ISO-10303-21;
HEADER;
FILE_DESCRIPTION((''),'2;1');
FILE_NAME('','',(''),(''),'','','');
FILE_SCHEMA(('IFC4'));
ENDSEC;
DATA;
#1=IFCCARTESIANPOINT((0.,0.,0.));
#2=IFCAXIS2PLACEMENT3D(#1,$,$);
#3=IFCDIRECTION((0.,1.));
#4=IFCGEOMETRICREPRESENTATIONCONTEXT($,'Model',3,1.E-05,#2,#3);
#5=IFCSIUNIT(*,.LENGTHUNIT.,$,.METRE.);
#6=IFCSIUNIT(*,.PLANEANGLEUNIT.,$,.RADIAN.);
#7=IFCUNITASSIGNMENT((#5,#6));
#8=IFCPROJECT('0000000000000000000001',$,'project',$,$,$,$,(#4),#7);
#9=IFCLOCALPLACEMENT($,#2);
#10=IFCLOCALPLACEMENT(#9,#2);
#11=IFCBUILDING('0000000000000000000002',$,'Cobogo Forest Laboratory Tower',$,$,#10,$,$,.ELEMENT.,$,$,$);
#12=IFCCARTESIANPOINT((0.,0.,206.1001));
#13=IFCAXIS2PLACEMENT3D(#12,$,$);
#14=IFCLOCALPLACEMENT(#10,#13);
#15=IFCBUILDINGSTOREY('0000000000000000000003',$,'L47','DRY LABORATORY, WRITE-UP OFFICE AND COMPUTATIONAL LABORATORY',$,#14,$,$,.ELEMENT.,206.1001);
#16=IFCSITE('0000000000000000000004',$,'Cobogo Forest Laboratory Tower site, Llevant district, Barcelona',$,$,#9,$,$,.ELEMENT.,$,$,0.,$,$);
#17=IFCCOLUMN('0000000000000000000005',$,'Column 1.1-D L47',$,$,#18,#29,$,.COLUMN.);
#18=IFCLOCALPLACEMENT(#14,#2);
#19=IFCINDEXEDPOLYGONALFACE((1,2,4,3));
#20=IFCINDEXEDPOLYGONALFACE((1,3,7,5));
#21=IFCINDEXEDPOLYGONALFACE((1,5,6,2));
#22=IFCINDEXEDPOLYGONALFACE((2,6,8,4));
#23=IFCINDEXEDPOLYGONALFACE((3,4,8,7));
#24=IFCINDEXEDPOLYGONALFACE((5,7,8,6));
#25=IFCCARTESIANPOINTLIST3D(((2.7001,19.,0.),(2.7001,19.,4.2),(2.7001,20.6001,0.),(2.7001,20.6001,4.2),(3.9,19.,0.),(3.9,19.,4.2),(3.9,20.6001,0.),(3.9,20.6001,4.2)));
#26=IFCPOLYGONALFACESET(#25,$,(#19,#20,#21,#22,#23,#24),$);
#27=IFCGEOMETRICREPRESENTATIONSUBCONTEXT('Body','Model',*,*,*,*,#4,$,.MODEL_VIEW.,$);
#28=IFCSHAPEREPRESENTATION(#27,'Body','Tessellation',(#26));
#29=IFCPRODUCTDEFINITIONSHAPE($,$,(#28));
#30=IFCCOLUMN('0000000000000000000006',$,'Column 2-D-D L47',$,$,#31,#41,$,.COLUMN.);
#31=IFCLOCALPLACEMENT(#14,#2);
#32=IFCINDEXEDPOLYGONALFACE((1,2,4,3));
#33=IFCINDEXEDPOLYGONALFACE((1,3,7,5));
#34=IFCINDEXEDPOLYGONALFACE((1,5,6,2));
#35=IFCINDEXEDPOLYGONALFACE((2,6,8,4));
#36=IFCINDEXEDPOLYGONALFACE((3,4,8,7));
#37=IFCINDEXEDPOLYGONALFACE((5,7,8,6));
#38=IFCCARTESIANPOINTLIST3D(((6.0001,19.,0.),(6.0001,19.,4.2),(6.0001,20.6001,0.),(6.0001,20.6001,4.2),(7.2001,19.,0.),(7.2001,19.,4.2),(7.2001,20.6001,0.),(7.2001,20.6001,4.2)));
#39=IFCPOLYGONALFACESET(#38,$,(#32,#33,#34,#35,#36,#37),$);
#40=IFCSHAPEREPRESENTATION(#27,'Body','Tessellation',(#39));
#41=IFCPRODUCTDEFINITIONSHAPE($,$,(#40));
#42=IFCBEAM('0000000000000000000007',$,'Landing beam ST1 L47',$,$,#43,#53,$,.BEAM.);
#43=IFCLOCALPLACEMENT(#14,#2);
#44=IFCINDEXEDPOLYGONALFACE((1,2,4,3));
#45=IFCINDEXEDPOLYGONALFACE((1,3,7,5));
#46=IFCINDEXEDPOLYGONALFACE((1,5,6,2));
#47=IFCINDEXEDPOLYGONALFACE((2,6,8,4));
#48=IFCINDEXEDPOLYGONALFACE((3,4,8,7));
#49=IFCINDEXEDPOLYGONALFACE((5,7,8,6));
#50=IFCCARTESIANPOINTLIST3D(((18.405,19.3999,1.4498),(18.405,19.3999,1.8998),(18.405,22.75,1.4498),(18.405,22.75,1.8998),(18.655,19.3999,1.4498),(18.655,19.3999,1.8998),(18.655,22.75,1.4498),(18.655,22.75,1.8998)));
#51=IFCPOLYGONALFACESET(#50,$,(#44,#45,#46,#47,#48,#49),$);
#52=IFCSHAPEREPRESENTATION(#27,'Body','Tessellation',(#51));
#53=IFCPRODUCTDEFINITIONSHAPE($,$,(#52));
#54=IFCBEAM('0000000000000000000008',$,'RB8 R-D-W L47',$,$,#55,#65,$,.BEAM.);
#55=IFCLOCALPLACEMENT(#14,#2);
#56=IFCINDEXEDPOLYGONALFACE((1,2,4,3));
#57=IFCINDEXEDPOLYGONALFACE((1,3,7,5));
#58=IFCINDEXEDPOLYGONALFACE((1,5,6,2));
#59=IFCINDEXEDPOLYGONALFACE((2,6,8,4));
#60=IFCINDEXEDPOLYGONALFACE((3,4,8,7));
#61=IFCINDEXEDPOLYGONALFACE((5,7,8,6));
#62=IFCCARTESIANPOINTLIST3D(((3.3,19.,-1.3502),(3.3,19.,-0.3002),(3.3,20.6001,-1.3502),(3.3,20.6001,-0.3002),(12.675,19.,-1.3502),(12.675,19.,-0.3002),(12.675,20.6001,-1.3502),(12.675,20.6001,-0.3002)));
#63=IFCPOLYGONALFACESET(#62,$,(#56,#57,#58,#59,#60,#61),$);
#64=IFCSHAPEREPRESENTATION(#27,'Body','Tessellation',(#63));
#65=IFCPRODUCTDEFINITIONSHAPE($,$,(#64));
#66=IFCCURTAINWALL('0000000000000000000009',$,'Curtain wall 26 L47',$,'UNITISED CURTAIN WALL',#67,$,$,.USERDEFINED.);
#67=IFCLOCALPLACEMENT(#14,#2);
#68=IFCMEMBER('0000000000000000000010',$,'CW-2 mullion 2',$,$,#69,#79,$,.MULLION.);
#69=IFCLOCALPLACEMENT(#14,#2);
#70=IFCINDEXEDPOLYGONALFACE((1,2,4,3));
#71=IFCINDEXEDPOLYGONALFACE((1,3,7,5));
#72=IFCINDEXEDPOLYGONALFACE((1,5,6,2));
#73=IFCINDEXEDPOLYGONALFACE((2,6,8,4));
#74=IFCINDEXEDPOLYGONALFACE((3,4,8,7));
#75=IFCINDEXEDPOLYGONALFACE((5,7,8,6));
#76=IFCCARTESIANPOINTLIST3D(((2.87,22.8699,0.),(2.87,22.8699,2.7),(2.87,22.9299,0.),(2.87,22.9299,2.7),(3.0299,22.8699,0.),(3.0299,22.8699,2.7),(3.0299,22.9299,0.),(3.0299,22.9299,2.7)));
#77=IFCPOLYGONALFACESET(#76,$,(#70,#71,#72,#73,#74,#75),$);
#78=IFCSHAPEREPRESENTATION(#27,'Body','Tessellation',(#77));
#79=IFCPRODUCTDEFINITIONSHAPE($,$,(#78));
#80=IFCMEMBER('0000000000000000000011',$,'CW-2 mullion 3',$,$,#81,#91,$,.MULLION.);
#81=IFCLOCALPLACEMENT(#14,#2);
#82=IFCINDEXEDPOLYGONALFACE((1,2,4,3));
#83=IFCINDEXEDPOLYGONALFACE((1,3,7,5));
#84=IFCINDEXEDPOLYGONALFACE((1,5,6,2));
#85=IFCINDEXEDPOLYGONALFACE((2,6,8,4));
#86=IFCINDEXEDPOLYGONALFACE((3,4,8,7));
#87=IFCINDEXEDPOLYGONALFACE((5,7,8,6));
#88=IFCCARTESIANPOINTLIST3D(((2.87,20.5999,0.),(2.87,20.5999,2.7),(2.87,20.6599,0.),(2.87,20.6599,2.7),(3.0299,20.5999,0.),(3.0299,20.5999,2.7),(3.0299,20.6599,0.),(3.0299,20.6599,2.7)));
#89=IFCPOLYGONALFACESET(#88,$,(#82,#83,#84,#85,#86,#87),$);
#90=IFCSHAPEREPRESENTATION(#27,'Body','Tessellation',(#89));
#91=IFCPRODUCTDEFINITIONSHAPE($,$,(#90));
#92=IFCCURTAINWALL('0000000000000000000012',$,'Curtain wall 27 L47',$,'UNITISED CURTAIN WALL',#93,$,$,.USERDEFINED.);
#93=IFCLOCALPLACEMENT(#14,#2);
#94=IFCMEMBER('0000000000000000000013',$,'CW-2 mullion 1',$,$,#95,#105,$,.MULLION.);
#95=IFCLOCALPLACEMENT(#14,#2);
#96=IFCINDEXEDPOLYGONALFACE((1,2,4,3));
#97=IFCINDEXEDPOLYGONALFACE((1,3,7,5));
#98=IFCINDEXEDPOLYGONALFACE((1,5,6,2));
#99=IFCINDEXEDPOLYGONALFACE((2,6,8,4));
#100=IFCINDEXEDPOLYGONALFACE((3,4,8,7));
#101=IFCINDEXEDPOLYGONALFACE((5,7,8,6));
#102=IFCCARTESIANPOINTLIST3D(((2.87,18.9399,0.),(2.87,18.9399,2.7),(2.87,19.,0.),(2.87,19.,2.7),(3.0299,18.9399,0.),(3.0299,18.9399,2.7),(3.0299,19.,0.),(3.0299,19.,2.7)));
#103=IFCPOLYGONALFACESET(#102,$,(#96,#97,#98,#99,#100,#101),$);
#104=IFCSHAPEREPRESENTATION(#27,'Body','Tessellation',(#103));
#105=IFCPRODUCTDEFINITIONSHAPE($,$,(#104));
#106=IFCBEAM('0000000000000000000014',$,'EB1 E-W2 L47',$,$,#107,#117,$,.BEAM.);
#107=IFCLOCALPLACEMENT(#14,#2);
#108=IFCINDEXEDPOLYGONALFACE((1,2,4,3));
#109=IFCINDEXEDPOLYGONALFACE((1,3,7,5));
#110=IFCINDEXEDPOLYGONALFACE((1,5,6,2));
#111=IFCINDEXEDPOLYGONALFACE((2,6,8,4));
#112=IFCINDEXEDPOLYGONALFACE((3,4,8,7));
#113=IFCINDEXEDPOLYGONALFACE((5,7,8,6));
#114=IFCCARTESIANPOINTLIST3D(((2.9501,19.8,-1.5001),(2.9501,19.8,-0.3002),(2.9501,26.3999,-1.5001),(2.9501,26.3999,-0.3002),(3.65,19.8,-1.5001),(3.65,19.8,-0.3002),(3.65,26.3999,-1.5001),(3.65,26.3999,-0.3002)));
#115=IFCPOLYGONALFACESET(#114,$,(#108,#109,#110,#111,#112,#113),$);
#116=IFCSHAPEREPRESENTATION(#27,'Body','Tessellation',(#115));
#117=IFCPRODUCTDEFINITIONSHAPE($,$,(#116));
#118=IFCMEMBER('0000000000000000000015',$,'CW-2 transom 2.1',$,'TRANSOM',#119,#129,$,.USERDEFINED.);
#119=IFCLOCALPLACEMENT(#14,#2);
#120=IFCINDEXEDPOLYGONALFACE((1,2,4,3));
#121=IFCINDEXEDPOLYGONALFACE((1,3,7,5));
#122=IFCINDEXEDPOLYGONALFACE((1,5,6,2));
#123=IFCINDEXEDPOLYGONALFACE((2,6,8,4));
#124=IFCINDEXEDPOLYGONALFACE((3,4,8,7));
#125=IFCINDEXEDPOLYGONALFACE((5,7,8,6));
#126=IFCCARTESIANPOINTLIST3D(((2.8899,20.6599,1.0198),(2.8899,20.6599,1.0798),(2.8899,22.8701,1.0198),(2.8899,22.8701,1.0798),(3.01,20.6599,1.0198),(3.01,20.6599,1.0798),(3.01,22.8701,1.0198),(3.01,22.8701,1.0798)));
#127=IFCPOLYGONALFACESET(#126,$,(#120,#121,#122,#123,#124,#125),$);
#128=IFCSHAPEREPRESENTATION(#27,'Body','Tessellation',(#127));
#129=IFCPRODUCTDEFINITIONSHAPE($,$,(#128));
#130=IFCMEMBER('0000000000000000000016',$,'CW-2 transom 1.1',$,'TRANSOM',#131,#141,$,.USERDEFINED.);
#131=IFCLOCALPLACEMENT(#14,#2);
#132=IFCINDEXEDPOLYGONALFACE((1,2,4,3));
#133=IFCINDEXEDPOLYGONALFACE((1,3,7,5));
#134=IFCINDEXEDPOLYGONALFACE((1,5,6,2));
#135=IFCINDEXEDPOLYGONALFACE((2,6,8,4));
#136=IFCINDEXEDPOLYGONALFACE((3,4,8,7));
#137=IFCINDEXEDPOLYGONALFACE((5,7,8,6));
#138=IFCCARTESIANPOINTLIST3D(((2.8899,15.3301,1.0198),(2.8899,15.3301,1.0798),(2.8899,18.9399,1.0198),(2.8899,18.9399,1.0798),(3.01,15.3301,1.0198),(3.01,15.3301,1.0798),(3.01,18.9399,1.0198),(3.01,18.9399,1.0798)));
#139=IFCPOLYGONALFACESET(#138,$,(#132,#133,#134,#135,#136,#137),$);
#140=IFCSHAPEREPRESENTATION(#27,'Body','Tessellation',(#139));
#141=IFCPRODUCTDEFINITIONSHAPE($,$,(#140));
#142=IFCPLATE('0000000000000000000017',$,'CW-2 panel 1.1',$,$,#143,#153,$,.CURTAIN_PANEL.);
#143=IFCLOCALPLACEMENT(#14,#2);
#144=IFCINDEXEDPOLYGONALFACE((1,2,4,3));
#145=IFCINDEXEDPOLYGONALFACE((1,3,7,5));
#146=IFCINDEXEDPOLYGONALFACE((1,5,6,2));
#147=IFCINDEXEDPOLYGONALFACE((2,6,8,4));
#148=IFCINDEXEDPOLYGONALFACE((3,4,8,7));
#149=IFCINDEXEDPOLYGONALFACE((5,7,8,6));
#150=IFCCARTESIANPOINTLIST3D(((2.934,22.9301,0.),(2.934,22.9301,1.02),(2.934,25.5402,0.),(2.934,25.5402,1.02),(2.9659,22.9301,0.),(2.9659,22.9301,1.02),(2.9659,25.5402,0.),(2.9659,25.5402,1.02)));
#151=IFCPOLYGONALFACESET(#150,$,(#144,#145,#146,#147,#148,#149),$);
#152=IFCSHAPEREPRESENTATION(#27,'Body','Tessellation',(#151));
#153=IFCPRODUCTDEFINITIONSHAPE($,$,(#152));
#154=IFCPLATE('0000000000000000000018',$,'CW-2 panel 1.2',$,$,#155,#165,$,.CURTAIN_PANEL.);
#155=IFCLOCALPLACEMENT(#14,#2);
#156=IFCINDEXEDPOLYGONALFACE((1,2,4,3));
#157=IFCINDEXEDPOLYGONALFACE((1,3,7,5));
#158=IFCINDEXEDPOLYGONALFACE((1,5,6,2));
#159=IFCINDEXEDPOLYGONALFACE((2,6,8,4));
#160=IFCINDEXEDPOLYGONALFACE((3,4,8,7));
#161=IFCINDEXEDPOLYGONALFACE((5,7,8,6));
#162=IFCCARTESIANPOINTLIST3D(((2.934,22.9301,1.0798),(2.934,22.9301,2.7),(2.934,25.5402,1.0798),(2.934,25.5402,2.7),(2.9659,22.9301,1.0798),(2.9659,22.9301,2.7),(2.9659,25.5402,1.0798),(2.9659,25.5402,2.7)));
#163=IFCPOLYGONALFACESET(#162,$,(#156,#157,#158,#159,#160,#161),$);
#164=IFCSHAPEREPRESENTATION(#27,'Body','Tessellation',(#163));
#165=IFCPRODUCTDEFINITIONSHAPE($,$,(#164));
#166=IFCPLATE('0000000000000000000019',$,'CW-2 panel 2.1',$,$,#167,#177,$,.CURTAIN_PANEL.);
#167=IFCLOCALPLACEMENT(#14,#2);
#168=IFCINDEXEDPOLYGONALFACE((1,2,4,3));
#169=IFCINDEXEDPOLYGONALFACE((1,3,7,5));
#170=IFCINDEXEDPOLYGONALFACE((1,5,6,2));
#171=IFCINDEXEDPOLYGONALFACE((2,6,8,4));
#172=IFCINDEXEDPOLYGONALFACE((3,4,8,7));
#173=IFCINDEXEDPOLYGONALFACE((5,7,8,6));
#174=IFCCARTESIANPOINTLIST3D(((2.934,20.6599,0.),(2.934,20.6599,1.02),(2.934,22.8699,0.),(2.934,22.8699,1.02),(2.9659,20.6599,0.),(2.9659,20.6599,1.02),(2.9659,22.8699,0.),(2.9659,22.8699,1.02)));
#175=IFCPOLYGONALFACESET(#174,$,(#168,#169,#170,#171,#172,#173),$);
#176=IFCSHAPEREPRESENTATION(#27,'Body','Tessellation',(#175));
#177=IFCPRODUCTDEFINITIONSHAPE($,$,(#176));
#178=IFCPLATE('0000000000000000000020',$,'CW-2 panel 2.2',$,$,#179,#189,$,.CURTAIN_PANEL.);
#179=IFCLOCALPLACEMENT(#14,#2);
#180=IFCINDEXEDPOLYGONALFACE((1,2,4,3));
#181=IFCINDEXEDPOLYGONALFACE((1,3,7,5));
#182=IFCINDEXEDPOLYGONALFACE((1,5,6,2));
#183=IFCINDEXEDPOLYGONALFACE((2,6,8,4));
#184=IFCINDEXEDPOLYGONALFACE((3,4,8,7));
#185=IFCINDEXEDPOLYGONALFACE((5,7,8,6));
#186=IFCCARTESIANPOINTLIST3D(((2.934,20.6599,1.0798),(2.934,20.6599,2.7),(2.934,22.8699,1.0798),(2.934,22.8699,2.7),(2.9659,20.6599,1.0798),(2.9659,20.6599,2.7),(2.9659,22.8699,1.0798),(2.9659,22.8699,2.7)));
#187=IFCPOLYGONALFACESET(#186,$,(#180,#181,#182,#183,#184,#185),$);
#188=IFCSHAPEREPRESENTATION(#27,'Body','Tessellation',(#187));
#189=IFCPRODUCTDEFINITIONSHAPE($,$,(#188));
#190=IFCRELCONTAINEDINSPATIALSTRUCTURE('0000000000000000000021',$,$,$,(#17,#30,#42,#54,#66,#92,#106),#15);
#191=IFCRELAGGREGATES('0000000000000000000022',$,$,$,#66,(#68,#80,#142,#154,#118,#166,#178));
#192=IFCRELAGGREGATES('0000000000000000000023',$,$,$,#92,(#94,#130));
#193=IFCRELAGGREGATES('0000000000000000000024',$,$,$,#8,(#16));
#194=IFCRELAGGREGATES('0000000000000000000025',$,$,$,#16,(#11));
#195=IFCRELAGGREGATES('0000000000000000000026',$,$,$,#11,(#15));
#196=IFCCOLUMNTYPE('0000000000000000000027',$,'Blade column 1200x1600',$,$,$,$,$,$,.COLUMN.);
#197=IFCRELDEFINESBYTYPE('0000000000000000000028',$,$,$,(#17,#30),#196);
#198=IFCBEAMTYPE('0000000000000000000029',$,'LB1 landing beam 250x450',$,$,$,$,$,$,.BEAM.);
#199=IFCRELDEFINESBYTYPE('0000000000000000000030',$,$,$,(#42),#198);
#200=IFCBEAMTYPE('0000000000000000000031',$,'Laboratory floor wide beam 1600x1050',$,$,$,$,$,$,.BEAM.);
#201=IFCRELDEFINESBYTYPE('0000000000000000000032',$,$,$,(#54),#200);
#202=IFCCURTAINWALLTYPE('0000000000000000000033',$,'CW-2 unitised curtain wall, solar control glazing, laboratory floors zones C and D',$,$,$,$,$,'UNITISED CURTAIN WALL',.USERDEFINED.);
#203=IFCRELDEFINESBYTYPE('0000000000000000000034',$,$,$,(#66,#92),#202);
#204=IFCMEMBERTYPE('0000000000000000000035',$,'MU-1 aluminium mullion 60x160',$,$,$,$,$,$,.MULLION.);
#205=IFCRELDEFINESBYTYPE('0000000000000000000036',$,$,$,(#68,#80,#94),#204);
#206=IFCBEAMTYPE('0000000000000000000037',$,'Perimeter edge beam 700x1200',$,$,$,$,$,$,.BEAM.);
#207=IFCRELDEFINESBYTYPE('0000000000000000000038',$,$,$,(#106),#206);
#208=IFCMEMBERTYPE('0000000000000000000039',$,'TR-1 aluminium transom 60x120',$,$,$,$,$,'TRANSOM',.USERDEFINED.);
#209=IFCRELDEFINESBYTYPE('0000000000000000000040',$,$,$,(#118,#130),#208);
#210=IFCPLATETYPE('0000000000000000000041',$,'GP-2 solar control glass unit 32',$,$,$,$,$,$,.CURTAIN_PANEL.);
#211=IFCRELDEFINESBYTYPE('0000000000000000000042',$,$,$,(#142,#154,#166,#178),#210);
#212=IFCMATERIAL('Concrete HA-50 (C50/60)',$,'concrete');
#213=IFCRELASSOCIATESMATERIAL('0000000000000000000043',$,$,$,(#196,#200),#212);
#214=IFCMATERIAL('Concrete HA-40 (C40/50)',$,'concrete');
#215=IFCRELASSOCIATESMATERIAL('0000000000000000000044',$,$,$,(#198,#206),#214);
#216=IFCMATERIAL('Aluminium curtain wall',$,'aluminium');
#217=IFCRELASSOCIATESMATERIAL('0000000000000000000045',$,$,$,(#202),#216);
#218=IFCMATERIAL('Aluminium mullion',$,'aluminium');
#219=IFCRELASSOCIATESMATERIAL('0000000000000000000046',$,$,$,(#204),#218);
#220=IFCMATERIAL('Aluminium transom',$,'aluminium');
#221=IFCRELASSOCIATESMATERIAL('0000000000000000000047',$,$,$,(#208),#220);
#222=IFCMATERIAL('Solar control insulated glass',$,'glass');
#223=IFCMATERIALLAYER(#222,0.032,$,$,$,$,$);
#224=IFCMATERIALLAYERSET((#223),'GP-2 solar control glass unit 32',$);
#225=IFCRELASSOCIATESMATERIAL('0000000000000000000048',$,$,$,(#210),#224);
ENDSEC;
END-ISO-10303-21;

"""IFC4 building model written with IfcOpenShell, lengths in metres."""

from ifc_helpers import new_model, si_unit, direction, frame, origin, origin_2d, place, context, subcontext, project, spatial, rectangle, extrude, material, layer, layer_set, material_profile, profile_set, type_object, element, aggregate, save


model = new_model("IFC4")

# Units and contexts
model_context = context("Model", 3, precision=1e-05, world=origin(), true_north=direction((0.0, 1.0)))
body_context = subcontext(model_context, "Body", "Model", "MODEL_VIEW")
ifc_project = project(units=[si_unit("LENGTHUNIT", "METRE"), si_unit("PLANEANGLEUNIT", "RADIAN")], contexts=[model_context])

# Site, building, storey
site_placement = place(None, origin())
site = spatial("IfcSite", under=ifc_project, at=site_placement, Name="Cobogo Forest Laboratory Tower site, Llevant district, Barcelona", CompositionType="ELEMENT", RefElevation=0.0)
building_placement = place(site_placement, origin())
building = spatial("IfcBuilding", under=site, at=building_placement, Name="Cobogo Forest Laboratory Tower", CompositionType="ELEMENT")
storey_placement = place(building_placement, frame((0.0, 0.0, 206.1001)))
storey = spatial("IfcBuildingStorey", under=building, at=storey_placement, Name="L47", Description="DRY LABORATORY, WRITE-UP OFFICE AND COMPUTATIONAL LABORATORY", CompositionType="ELEMENT", Elevation=206.1001)

# Columns
ifc_material_1 = material(Name="Concrete HA-50 (C50/60)", Category="concrete")
ifc_material_profile_1 = material_profile(ifc_material_1, rectangle(XDim=1.6001, YDim=1.2, at=origin_2d()), Name="RC 1200x1600")
ifc_profile_set_1 = profile_set([ifc_material_profile_1], Name="Concrete HA-50 (C50/60)")
column_type = type_object("IfcColumnType", Name="Blade column 1200x1600", PredefinedType="COLUMN", material=ifc_profile_set_1)
for number, where, z_axis, x_axis, name in (
    (1, (3.3, 19.8, 0.0), (0.0, 0.0, 1.0), (0.0, 1.0, 0.0), "Column 1.1-D L47"),
    (2, (6.6001, 19.8, 0.0), (0.0, 0.0, 1.0), (0.0, 1.0, 0.0), "Column 2-D-D L47"),
):
    element("IfcColumn", number, at=place(storey_placement, frame(where, z_axis=z_axis, x_axis=x_axis)), inside=storey, type_object=column_type, Name=name, PredefinedType="COLUMN", context=body_context, shape_type="SweptSolid", body=[
        extrude(rectangle(XDim=1.6001, YDim=1.2, at=origin_2d()), origin(), (0.0, 0.0, 1.0), 4.2),
    ])

# Beams
ifc_material_2 = material(Name="Concrete HA-40 (C40/50)", Category="concrete")
ifc_material_profile_2 = material_profile(ifc_material_2, rectangle(XDim=0.25, YDim=0.45, at=origin_2d()), Name="RC 250x450")
ifc_profile_set_2 = profile_set([ifc_material_profile_2], Name="Concrete HA-40 (C40/50)")
beam_type_1 = type_object("IfcBeamType", Name="LB1 landing beam 250x450", PredefinedType="BEAM", material=ifc_profile_set_2)
beam_1_placement = place(storey_placement, frame((18.53, 19.3999, 1.6748), z_axis=(0.0, 1.0, 0.0), x_axis=(-1.0, 0.0, 0.0)))
element("IfcBeam", 3, at=beam_1_placement, inside=storey, type_object=beam_type_1, Name="Landing beam ST1 L47", PredefinedType="BEAM", context=body_context, shape_type="SweptSolid", body=[
    extrude(rectangle(XDim=0.25, YDim=0.45, at=origin_2d()), origin(), (0.0, 0.0, 1.0), 3.3501),
])
ifc_material_profile_3 = material_profile(ifc_material_1, rectangle(XDim=1.6001, YDim=1.05, at=origin_2d()), Name="RC 1600x1050")
ifc_profile_set_3 = profile_set([ifc_material_profile_3], Name="Concrete HA-50 (C50/60)")
beam_type_2 = type_object("IfcBeamType", Name="Laboratory floor wide beam 1600x1050", PredefinedType="BEAM", material=ifc_profile_set_3)
beam_2_placement = place(storey_placement, frame((12.675, 19.8, -0.8252), z_axis=(-1.0, 0.0, 0.0), x_axis=(0.0, -1.0, 0.0)))
element("IfcBeam", 4, at=beam_2_placement, inside=storey, type_object=beam_type_2, Name="RB8 R-D-W L47", PredefinedType="BEAM", context=body_context, shape_type="SweptSolid", body=[
    extrude(rectangle(XDim=1.6001, YDim=1.05, at=origin_2d()), origin(), (0.0, 0.0, 1.0), 9.375),
])

# Curtain wall, members
ifc_material_3 = material(Name="Aluminium curtain wall", Category="aluminium")
curtain_wall_type = type_object("IfcCurtainWallType", Name="CW-2 unitised curtain wall, solar control glazing, laboratory floors zones C and D", ElementType="UNITISED CURTAIN WALL", PredefinedType="USERDEFINED", material=ifc_material_3)
curtain_wall_1_placement = place(storey_placement, origin())
curtain_wall_1 = element("IfcCurtainWall", 5, at=curtain_wall_1_placement, inside=storey, type_object=curtain_wall_type, Name="Curtain wall 26 L47", ObjectType="UNITISED CURTAIN WALL", PredefinedType="USERDEFINED")
ifc_material_4 = material(Name="Aluminium mullion", Category="aluminium")
ifc_material_profile_4 = material_profile(ifc_material_4, rectangle(XDim=0.0601, YDim=0.1599, at=origin_2d()), Name="AL 60x160")
ifc_profile_set_4 = profile_set([ifc_material_profile_4], Name="Aluminium mullion")
member_type_1 = type_object("IfcMemberType", Name="MU-1 aluminium mullion 60x160", PredefinedType="MULLION", material=ifc_profile_set_4)
member_1_placement = place(storey_placement, frame((2.95, 22.8999, 0.0), z_axis=(0.0, 0.0, 1.0), x_axis=(0.0, -1.0, 0.0)))
member_1 = element("IfcMember", 6, at=member_1_placement, type_object=member_type_1, Name="CW-2 mullion 2", PredefinedType="MULLION", context=body_context, shape_type="SweptSolid", body=[
    extrude(rectangle(XDim=0.0601, YDim=0.1599, at=origin_2d()), origin(), (0.0, 0.0, 1.0), 2.7),
])
member_2_placement = place(storey_placement, frame((2.95, 20.6299, 0.0), z_axis=(0.0, 0.0, 1.0), x_axis=(0.0, -1.0, 0.0)))
member_2 = element("IfcMember", 7, at=member_2_placement, type_object=member_type_1, Name="CW-2 mullion 3", PredefinedType="MULLION", context=body_context, shape_type="SweptSolid", body=[
    extrude(rectangle(XDim=0.0601, YDim=0.1599, at=origin_2d()), origin(), (0.0, 0.0, 1.0), 2.7),
])

# Curtain wall, member
curtain_wall_2_placement = place(storey_placement, origin())
curtain_wall_2 = element("IfcCurtainWall", 8, at=curtain_wall_2_placement, inside=storey, type_object=curtain_wall_type, Name="Curtain wall 27 L47", ObjectType="UNITISED CURTAIN WALL", PredefinedType="USERDEFINED")
member_3_placement = place(storey_placement, frame((2.95, 18.97, 0.0), z_axis=(0.0, 0.0, 1.0), x_axis=(0.0, -1.0, 0.0)))
member_3 = element("IfcMember", 9, at=member_3_placement, type_object=member_type_1, Name="CW-2 mullion 1", PredefinedType="MULLION", context=body_context, shape_type="SweptSolid", body=[
    extrude(rectangle(XDim=0.0601, YDim=0.1599, at=origin_2d()), origin(), (0.0, 0.0, 1.0), 2.7),
])

# Beam
ifc_material_profile_5 = material_profile(ifc_material_2, rectangle(XDim=0.7, YDim=1.2, at=origin_2d()), Name="RC 700x1200")
ifc_profile_set_5 = profile_set([ifc_material_profile_5], Name="Concrete HA-40 (C40/50)")
beam_type_3 = type_object("IfcBeamType", Name="Perimeter edge beam 700x1200", PredefinedType="BEAM", material=ifc_profile_set_5)
beam_3_placement = place(storey_placement, frame((3.3, 19.8, -0.9001), z_axis=(0.0, 1.0, 0.0), x_axis=(-1.0, 0.0, 0.0)))
element("IfcBeam", 10, at=beam_3_placement, inside=storey, type_object=beam_type_3, Name="EB1 E-W2 L47", PredefinedType="BEAM", context=body_context, shape_type="SweptSolid", body=[
    extrude(rectangle(XDim=0.7, YDim=1.2, at=origin_2d()), origin(), (0.0, 0.0, 1.0), 6.5999),
])

# Members
ifc_material_5 = material(Name="Aluminium transom", Category="aluminium")
ifc_material_profile_6 = material_profile(ifc_material_5, rectangle(XDim=0.1201, YDim=0.0601, at=origin_2d()), Name="AL 60x120")
ifc_profile_set_6 = profile_set([ifc_material_profile_6], Name="Aluminium transom")
member_type_2 = type_object("IfcMemberType", Name="TR-1 aluminium transom 60x120", ElementType="TRANSOM", PredefinedType="USERDEFINED", material=ifc_profile_set_6)
member_4_placement = place(storey_placement, frame((2.95, 22.8701, 1.0498), z_axis=(0.0, -1.0, 0.0), x_axis=(1.0, 0.0, 0.0)))
member_4 = element("IfcMember", 11, at=member_4_placement, type_object=member_type_2, Name="CW-2 transom 2.1", ObjectType="TRANSOM", PredefinedType="USERDEFINED", context=body_context, shape_type="SweptSolid", body=[
    extrude(rectangle(XDim=0.1201, YDim=0.0601, at=origin_2d()), origin(), (0.0, 0.0, 1.0), 2.2102),
])
member_5_placement = place(storey_placement, frame((2.95, 18.9399, 1.0498), z_axis=(0.0, -1.0, 0.0), x_axis=(1.0, 0.0, 0.0)))
member_5 = element("IfcMember", 12, at=member_5_placement, type_object=member_type_2, Name="CW-2 transom 1.1", ObjectType="TRANSOM", PredefinedType="USERDEFINED", context=body_context, shape_type="SweptSolid", body=[
    extrude(rectangle(XDim=0.1201, YDim=0.0601, at=origin_2d()), origin(), (0.0, 0.0, 1.0), 3.6099),
])

# Plates
ifc_material_6 = material(Name="Solar control insulated glass", Category="glass")
ifc_layer_1 = layer(ifc_material_6, 0.032)
ifc_layer_set_1 = layer_set([ifc_layer_1], Name="GP-2 solar control glass unit 32")
plate_type_1 = type_object("IfcPlateType", Name="GP-2 solar control glass unit 32", PredefinedType="CURTAIN_PANEL", material=ifc_layer_set_1)
plate_1_placement = place(storey_placement, frame((2.95, 24.2351, 0.0), z_axis=(0.0, 0.0, 1.0), x_axis=(0.0, -1.0, 0.0)))
plate_1 = element("IfcPlate", 13, at=plate_1_placement, type_object=plate_type_1, Name="CW-2 panel 1.1", PredefinedType="CURTAIN_PANEL", context=body_context, shape_type="SweptSolid", body=[
    extrude(rectangle(XDim=2.6101, YDim=0.032, at=origin_2d()), origin(), (0.0, 0.0, 1.0), 1.02),
])
plate_2_placement = place(storey_placement, frame((2.95, 24.2351, 1.0798), z_axis=(0.0, 0.0, 1.0), x_axis=(0.0, -1.0, 0.0)))
plate_2 = element("IfcPlate", 14, at=plate_2_placement, type_object=plate_type_1, Name="CW-2 panel 1.2", PredefinedType="CURTAIN_PANEL", context=body_context, shape_type="SweptSolid", body=[
    extrude(rectangle(XDim=2.6101, YDim=0.032, at=origin_2d()), origin(), (0.0, 0.0, 1.0), 1.6201),
])
plate_3_placement = place(storey_placement, frame((2.95, 21.7649, 0.0), z_axis=(0.0, 0.0, 1.0), x_axis=(0.0, -1.0, 0.0)))
plate_3 = element("IfcPlate", 15, at=plate_3_placement, type_object=plate_type_1, Name="CW-2 panel 2.1", PredefinedType="CURTAIN_PANEL", context=body_context, shape_type="SweptSolid", body=[
    extrude(rectangle(XDim=2.21, YDim=0.032, at=origin_2d()), origin(), (0.0, 0.0, 1.0), 1.02),
])
plate_4_placement = place(storey_placement, frame((2.95, 21.7649, 1.0798), z_axis=(0.0, 0.0, 1.0), x_axis=(0.0, -1.0, 0.0)))
plate_4 = element("IfcPlate", 16, at=plate_4_placement, type_object=plate_type_1, Name="CW-2 panel 2.2", PredefinedType="CURTAIN_PANEL", context=body_context, shape_type="SweptSolid", body=[
    extrude(rectangle(XDim=2.21, YDim=0.032, at=origin_2d()), origin(), (0.0, 0.0, 1.0), 1.6201),
])
aggregate(curtain_wall_1, [member_1, member_2, plate_1, plate_2, member_4, plate_3, plate_4])
aggregate(curtain_wall_2, [member_3, member_5])

save(model, "model.ifc")
